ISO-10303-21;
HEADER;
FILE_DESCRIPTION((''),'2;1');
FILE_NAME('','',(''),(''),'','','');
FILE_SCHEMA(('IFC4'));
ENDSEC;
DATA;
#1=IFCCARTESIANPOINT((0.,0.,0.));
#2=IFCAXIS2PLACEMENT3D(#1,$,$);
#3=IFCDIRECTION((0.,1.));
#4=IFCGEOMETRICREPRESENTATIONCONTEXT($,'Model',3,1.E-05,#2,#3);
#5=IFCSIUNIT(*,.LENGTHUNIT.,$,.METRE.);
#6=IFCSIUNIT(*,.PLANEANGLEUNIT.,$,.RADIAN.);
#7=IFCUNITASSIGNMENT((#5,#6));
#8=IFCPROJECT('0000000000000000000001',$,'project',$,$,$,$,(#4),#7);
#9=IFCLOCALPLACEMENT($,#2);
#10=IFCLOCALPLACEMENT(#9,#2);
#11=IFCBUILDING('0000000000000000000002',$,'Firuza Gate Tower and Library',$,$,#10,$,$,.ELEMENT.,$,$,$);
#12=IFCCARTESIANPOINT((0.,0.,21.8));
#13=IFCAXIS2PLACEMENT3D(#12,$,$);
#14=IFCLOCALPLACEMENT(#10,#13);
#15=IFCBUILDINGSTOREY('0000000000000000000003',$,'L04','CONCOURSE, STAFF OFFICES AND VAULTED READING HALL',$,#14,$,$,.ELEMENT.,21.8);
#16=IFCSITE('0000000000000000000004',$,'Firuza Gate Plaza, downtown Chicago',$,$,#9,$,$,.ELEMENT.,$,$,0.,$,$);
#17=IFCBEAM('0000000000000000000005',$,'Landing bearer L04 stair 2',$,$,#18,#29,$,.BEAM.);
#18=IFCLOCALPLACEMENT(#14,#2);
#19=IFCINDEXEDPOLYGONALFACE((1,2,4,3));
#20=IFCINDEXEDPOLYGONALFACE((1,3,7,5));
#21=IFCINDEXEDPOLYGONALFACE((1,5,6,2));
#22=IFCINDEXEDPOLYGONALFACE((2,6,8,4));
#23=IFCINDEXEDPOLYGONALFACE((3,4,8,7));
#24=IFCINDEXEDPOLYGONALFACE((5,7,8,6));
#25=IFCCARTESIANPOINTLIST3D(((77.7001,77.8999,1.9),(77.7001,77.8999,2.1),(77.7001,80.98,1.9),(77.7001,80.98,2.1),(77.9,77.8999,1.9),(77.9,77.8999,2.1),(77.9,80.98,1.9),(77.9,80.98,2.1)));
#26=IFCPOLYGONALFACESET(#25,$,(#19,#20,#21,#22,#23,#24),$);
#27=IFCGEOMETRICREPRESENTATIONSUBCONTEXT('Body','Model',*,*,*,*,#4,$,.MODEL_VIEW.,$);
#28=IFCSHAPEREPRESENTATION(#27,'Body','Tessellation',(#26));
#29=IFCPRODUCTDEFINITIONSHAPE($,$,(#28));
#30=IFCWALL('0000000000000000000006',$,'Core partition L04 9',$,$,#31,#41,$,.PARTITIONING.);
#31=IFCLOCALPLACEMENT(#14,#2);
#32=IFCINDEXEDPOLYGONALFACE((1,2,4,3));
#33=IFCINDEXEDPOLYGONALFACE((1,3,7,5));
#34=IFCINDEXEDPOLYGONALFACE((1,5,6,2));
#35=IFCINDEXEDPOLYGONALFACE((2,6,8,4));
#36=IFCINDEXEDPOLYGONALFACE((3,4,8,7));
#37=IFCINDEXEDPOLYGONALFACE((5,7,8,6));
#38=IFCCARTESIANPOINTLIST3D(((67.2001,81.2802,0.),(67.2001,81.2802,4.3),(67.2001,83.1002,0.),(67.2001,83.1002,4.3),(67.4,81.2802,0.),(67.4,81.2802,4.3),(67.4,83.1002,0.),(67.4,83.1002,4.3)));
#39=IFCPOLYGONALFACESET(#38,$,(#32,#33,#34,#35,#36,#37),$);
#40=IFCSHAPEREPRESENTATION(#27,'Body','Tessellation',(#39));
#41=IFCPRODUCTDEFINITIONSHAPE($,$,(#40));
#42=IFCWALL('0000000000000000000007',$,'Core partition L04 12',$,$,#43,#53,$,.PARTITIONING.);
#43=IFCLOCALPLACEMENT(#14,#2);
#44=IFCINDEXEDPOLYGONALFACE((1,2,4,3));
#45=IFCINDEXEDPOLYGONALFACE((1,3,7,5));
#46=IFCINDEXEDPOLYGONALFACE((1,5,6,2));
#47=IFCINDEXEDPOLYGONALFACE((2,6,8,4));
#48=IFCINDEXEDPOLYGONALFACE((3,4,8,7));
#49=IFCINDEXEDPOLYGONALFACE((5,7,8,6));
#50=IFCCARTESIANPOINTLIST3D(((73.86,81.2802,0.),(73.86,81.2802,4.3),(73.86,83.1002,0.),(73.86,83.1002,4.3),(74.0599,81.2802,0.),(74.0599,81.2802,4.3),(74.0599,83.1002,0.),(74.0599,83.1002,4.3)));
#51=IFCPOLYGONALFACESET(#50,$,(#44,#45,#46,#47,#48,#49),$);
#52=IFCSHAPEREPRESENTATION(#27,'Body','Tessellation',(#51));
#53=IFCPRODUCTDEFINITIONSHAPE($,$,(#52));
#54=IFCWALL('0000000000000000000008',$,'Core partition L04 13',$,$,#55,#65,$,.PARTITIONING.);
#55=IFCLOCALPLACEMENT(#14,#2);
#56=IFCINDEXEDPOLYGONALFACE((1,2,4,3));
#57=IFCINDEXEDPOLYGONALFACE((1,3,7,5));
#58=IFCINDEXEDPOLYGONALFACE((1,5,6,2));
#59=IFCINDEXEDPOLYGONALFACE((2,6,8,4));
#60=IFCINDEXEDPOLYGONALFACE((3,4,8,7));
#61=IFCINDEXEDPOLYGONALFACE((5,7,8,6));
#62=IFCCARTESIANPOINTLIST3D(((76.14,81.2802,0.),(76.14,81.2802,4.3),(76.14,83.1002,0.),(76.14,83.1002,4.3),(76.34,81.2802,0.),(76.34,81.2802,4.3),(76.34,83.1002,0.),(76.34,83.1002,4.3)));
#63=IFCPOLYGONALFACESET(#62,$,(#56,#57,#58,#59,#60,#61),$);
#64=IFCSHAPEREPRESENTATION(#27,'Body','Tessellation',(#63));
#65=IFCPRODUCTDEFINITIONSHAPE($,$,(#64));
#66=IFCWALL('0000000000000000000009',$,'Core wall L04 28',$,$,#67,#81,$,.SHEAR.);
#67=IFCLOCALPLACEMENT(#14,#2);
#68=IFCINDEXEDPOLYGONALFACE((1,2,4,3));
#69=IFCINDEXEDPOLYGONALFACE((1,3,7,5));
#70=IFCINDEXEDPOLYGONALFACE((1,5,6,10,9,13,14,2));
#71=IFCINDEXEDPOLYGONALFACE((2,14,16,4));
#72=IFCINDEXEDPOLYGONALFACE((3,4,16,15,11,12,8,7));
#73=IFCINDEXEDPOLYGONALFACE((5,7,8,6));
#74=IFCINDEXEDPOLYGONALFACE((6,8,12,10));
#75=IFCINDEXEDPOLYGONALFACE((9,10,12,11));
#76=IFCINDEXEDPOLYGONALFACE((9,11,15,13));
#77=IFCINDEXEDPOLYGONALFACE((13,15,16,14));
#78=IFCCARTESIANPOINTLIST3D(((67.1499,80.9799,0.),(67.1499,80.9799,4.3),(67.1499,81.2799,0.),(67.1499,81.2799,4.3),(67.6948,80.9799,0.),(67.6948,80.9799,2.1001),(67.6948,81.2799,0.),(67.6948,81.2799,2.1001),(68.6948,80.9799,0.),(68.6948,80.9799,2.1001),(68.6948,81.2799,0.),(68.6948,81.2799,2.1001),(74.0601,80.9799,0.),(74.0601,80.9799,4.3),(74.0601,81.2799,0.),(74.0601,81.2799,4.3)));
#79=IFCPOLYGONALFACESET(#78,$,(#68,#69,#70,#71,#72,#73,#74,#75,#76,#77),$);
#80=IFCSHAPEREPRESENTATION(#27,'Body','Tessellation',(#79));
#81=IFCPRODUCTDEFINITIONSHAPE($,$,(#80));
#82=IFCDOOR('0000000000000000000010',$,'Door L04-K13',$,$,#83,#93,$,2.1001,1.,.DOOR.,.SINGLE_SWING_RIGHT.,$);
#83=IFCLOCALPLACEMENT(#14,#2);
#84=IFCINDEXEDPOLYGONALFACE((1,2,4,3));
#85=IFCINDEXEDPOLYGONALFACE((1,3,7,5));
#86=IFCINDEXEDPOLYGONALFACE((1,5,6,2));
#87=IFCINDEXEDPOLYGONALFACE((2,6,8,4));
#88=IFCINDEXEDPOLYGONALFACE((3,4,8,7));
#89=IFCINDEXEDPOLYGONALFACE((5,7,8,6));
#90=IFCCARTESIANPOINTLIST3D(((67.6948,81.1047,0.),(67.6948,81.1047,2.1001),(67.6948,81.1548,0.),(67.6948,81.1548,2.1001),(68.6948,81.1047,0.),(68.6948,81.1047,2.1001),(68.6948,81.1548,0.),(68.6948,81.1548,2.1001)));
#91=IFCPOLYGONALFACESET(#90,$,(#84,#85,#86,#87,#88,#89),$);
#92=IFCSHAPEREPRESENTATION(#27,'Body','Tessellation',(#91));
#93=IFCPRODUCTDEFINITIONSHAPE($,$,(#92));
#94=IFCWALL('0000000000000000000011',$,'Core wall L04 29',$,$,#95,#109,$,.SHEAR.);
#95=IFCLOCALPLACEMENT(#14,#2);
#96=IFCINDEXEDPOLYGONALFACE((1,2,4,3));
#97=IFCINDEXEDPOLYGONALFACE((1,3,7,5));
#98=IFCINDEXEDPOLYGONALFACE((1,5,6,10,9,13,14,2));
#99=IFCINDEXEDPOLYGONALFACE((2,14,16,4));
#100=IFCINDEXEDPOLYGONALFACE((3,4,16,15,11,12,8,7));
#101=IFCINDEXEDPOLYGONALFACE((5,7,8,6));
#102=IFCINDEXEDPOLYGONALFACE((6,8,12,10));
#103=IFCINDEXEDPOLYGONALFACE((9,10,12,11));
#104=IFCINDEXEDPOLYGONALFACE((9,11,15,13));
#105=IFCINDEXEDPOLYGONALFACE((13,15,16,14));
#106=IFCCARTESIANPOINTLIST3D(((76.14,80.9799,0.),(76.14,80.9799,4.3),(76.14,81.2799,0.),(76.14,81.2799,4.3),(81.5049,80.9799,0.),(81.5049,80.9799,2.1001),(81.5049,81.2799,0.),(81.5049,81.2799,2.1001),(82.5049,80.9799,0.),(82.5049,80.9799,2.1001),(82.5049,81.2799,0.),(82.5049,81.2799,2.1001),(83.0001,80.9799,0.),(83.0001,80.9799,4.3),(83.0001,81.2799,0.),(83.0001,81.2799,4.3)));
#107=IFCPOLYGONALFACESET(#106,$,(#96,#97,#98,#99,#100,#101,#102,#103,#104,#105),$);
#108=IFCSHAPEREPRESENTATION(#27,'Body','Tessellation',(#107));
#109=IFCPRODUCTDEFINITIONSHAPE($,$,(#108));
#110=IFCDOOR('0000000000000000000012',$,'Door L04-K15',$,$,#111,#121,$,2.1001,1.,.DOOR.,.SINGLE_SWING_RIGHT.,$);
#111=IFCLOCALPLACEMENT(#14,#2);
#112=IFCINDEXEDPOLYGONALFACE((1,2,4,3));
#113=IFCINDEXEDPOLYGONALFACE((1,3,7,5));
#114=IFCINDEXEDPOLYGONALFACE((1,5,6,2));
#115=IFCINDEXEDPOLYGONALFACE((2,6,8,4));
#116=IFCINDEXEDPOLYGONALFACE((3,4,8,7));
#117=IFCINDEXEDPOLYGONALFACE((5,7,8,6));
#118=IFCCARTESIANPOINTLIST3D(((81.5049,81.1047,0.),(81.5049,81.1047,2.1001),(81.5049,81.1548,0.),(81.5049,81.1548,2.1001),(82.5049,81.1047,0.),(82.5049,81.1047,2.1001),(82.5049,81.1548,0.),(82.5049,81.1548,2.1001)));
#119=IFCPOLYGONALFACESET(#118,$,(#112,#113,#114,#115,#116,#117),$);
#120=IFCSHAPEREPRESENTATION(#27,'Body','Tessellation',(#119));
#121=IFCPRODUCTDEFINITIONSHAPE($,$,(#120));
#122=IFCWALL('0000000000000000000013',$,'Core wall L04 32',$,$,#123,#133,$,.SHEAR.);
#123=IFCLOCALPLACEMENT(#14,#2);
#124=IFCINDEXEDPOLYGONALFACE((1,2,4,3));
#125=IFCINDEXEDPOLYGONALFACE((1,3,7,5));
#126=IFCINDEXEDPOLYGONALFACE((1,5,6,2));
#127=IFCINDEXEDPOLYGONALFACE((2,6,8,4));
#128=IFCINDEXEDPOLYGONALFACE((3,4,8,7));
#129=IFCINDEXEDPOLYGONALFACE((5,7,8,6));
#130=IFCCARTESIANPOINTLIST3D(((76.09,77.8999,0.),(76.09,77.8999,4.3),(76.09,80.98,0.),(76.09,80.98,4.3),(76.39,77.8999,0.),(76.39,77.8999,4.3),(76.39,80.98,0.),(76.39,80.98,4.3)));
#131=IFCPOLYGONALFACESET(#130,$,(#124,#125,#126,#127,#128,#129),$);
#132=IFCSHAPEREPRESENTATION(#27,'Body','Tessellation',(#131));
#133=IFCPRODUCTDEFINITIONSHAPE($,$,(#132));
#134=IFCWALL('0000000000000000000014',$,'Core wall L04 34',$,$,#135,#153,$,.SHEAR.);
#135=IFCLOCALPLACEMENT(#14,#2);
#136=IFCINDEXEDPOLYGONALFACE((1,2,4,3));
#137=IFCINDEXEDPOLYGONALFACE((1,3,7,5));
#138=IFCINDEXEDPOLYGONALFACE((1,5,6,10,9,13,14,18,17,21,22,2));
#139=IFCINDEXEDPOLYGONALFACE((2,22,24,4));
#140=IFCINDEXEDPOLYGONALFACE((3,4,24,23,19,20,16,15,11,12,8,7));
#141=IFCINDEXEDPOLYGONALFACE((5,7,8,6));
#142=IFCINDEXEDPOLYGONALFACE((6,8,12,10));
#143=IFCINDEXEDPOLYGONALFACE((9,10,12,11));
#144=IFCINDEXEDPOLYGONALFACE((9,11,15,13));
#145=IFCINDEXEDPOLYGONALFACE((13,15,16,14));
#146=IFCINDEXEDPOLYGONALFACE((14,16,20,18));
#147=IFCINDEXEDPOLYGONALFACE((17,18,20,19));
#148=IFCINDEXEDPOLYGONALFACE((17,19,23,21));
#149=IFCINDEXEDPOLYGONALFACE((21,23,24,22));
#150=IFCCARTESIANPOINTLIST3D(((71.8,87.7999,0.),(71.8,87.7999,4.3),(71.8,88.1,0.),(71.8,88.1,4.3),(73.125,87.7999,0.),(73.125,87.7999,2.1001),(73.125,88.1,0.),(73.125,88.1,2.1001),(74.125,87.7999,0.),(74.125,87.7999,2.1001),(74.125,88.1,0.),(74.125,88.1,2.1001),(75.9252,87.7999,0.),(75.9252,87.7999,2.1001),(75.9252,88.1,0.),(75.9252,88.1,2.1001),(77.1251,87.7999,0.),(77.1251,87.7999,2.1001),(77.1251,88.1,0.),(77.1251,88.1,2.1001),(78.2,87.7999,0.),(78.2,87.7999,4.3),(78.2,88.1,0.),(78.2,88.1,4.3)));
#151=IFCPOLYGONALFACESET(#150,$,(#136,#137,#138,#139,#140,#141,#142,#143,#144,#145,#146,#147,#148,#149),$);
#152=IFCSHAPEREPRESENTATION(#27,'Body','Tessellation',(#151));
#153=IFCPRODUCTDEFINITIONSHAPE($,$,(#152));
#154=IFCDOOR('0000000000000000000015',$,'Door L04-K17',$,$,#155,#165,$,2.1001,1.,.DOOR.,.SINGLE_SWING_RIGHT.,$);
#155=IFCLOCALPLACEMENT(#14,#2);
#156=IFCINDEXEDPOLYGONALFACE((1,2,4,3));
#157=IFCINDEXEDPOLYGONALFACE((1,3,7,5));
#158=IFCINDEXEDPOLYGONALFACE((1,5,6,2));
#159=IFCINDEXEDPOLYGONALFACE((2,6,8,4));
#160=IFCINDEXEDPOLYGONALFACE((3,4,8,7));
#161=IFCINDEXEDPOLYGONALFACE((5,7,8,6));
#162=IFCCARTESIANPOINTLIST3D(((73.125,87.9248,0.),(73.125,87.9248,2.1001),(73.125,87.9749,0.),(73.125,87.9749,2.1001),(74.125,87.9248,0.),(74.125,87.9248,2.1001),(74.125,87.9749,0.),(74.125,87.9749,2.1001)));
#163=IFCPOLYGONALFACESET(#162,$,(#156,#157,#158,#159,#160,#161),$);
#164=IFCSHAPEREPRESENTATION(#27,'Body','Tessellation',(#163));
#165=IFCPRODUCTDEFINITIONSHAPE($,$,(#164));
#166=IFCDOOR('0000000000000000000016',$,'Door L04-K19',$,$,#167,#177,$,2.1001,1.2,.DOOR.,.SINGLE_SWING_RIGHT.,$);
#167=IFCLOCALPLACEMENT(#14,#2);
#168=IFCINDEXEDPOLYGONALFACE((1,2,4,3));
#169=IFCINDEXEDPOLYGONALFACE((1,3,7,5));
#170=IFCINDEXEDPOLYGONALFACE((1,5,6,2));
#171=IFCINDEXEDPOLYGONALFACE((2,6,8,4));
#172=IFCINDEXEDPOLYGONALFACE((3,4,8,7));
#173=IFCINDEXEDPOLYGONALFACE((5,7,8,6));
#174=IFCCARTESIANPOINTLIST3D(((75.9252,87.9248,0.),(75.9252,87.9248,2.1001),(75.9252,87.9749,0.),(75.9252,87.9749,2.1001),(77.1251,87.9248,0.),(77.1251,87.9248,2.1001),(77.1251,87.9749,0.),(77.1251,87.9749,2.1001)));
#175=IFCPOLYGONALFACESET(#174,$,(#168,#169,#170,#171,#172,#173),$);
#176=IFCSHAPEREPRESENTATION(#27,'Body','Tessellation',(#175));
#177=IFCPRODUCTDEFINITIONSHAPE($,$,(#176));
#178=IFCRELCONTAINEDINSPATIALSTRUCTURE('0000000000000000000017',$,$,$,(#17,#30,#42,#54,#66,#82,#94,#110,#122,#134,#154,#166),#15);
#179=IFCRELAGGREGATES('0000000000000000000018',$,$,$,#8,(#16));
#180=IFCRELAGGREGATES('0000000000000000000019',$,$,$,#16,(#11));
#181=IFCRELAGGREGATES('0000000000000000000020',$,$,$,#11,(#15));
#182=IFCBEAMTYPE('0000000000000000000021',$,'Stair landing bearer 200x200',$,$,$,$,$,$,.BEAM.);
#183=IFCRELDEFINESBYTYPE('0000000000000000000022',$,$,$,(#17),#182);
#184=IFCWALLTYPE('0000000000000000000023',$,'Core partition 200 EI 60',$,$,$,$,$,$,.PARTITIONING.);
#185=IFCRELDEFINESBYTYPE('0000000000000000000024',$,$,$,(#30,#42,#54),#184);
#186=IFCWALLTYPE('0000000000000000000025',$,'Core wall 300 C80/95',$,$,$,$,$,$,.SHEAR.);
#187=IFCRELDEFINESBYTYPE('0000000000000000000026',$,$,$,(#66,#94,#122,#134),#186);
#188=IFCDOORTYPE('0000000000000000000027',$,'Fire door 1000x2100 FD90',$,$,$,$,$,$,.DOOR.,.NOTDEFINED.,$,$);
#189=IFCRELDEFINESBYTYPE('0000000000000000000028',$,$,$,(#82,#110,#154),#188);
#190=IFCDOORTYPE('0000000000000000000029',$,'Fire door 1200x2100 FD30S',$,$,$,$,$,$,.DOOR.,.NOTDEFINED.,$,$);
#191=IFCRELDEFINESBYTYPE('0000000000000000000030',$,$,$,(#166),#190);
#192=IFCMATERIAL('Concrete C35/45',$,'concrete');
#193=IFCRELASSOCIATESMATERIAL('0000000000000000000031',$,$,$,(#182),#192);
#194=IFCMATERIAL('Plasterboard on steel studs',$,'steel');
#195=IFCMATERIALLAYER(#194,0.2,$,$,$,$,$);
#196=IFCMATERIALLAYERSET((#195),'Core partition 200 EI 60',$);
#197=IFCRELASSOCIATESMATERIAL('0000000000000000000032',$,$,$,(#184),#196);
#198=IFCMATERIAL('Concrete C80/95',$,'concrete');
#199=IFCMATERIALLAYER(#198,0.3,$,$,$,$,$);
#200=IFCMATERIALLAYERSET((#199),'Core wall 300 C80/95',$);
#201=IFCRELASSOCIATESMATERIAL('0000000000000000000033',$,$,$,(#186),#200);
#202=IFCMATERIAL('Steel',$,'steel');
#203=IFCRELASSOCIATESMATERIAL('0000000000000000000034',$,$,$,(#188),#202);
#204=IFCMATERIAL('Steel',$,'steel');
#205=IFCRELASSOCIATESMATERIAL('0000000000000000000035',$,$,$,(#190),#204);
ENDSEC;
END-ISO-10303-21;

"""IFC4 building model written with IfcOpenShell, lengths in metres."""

from ifc_helpers import new_model, si_unit, direction, frame, frame_2d, origin, origin_2d, place, context, subcontext, project, spatial, rectangle, extrude, material, layer, layer_set, material_profile, profile_set, type_object, element, fill, save


model = new_model("IFC4")

# Units and contexts
model_context = context("Model", 3, precision=1e-05, world=origin(), true_north=direction((0.0, 1.0)))
body_context = subcontext(model_context, "Body", "Model", "MODEL_VIEW")
ifc_project = project(units=[si_unit("LENGTHUNIT", "METRE"), si_unit("PLANEANGLEUNIT", "RADIAN")], contexts=[model_context])

# Site, building, storey
site_placement = place(None, origin())
site = spatial("IfcSite", under=ifc_project, at=site_placement, Name="Firuza Gate Plaza, downtown Chicago", CompositionType="ELEMENT", RefElevation=0.0)
building_placement = place(site_placement, origin())
building = spatial("IfcBuilding", under=site, at=building_placement, Name="Firuza Gate Tower and Library", CompositionType="ELEMENT")
storey_placement = place(building_placement, frame((0.0, 0.0, 21.8)))
storey = spatial("IfcBuildingStorey", under=building, at=storey_placement, Name="L04", Description="CONCOURSE, STAFF OFFICES AND VAULTED READING HALL", CompositionType="ELEMENT", Elevation=21.8)

# Beam
ifc_material_1 = material(Name="Concrete C35/45", Category="concrete")
ifc_material_profile = material_profile(ifc_material_1, rectangle(XDim=0.2, YDim=0.2, at=origin_2d()))
ifc_profile_set = profile_set([ifc_material_profile], Name="Concrete C35/45")
beam_type = type_object("IfcBeamType", Name="Stair landing bearer 200x200", PredefinedType="BEAM", material=ifc_profile_set)
beam_placement = place(storey_placement, frame((77.8, 80.98, 2.0), z_axis=(0.0, -1.0, 0.0), x_axis=(1.0, 0.0, 0.0)))
element("IfcBeam", 1, at=beam_placement, inside=storey, type_object=beam_type, Name="Landing bearer L04 stair 2", PredefinedType="BEAM", context=body_context, shape_type="SweptSolid", body=[
    extrude(rectangle(XDim=0.2, YDim=0.2, at=origin_2d()), origin(), (0.0, 0.0, 1.0), 3.0801),
])

# Walls
ifc_material_2 = material(Name="Plasterboard on steel studs", Category="steel")
ifc_layer_1 = layer(ifc_material_2, 0.2)
ifc_layer_set_1 = layer_set([ifc_layer_1], Name="Core partition 200 EI 60")
wall_type_1 = type_object("IfcWallType", Name="Core partition 200 EI 60", PredefinedType="PARTITIONING", material=ifc_layer_set_1)
for number, where, z_axis, x_axis, name in (
    (2, (67.3, 81.28, 0.0), (0.0, 0.0, 1.0), (0.0, 1.0, 0.0), "Core partition L04 9"),
    (3, (73.96, 81.28, 0.0), (0.0, 0.0, 1.0), (0.0, 1.0, 0.0), "Core partition L04 12"),
    (4, (76.24, 81.28, 0.0), (0.0, 0.0, 1.0), (0.0, 1.0, 0.0), "Core partition L04 13"),
):
    element("IfcWall", number, at=place(storey_placement, frame(where, z_axis=z_axis, x_axis=x_axis)), inside=storey, type_object=wall_type_1, Name=name, PredefinedType="PARTITIONING", context=body_context, shape_type="SweptSolid", body=[
        extrude(rectangle(XDim=1.8201, YDim=0.2, at=frame_2d((0.9102, 0.0))), origin(), (0.0, 0.0, 1.0), 4.3),
    ])

# Walls, openings, doors
ifc_material_3 = material(Name="Concrete C80/95", Category="concrete")
ifc_layer_2 = layer(ifc_material_3, 0.3)
ifc_layer_set_2 = layer_set([ifc_layer_2], Name="Core wall 300 C80/95")
wall_type_2 = type_object("IfcWallType", Name="Core wall 300 C80/95", PredefinedType="SHEAR", material=ifc_layer_set_2)
wall_1_placement = place(storey_placement, frame((67.1499, 81.1299, 0.0), z_axis=(0.0, 0.0, 1.0), x_axis=(1.0, 0.0, 0.0)))
wall_1 = element("IfcWall", 5, at=wall_1_placement, inside=storey, type_object=wall_type_2, Name="Core wall L04 28", PredefinedType="SHEAR", context=body_context, shape_type="SweptSolid", body=[
    extrude(rectangle(XDim=6.9102, YDim=0.3, at=frame_2d((3.4551, 0.0))), origin(), (0.0, 0.0, 1.0), 4.3),
])
opening_1_placement = place(wall_1_placement, frame((0.5449, 0.0, 0.0)))
opening_1 = element("IfcOpeningElement", 6, at=opening_1_placement, cuts=wall_1, PredefinedType="OPENING", context=body_context, shape_type="SweptSolid", body=[
    extrude(rectangle(XDim=1.0, YDim=2.1001, at=frame_2d((0.5, 1.05))), frame((0.0, 0.1602, 0.0), z_axis=(0.0, -1.0, 0.0), x_axis=(1.0, 0.0, 0.0)), (0.0, 0.0, 1.0), 0.3201),
])
ifc_material_4 = material(Name="Steel", Category="steel")
door_type_1 = type_object("IfcDoorType", Name="Fire door 1000x2100 FD90", OperationType="NOTDEFINED", PredefinedType="DOOR", material=ifc_material_4)
door_1_placement = place(opening_1_placement, origin())
door_1 = element("IfcDoor", 7, at=door_1_placement, inside=storey, type_object=door_type_1, Name="Door L04-K13", OperationType="SINGLE_SWING_RIGHT", OverallHeight=2.1001, OverallWidth=1.0, PredefinedType="DOOR", context=body_context, shape_type="SweptSolid", body=[
    extrude(rectangle(XDim=1.0, YDim=2.1001, at=frame_2d((0.5, 1.05))), frame((0.0, 0.0249, 0.0), z_axis=(0.0, -1.0, 0.0), x_axis=(1.0, 0.0, 0.0)), (0.0, 0.0, 1.0), 0.05),
])
fill(opening_1, door_1)
wall_2_placement = place(storey_placement, frame((76.1399, 81.1299, 0.0), z_axis=(0.0, 0.0, 1.0), x_axis=(1.0, 0.0, 0.0)))
wall_2 = element("IfcWall", 8, at=wall_2_placement, inside=storey, type_object=wall_type_2, Name="Core wall L04 29", PredefinedType="SHEAR", context=body_context, shape_type="SweptSolid", body=[
    extrude(rectangle(XDim=6.8601, YDim=0.3, at=frame_2d((3.4302, 0.0))), origin(), (0.0, 0.0, 1.0), 4.3),
])
opening_2_placement = place(wall_2_placement, frame((5.365, 0.0, 0.0)))
opening_2 = element("IfcOpeningElement", 9, at=opening_2_placement, cuts=wall_2, PredefinedType="OPENING", context=body_context, shape_type="SweptSolid", body=[
    extrude(rectangle(XDim=1.0, YDim=2.1001, at=frame_2d((0.5, 1.05))), frame((0.0, 0.1602, 0.0), z_axis=(0.0, -1.0, 0.0), x_axis=(1.0, 0.0, 0.0)), (0.0, 0.0, 1.0), 0.3201),
])
door_2_placement = place(opening_2_placement, origin())
door_2 = element("IfcDoor", 10, at=door_2_placement, inside=storey, type_object=door_type_1, Name="Door L04-K15", OperationType="SINGLE_SWING_RIGHT", OverallHeight=2.1001, OverallWidth=1.0, PredefinedType="DOOR", context=body_context, shape_type="SweptSolid", body=[
    extrude(rectangle(XDim=1.0, YDim=2.1001, at=frame_2d((0.5, 1.05))), frame((0.0, 0.0249, 0.0), z_axis=(0.0, -1.0, 0.0), x_axis=(1.0, 0.0, 0.0)), (0.0, 0.0, 1.0), 0.05),
])
fill(opening_2, door_2)

# Wall
wall_3_placement = place(storey_placement, frame((76.24, 77.8999, 0.0), z_axis=(0.0, 0.0, 1.0), x_axis=(0.0, 1.0, 0.0)))
element("IfcWall", 11, at=wall_3_placement, inside=storey, type_object=wall_type_2, Name="Core wall L04 32", PredefinedType="SHEAR", context=body_context, shape_type="SweptSolid", body=[
    extrude(rectangle(XDim=3.0801, YDim=0.3, at=frame_2d((1.54, 0.0))), origin(), (0.0, 0.0, 1.0), 4.3),
])

# Wall, openings, doors
wall_4_placement = place(storey_placement, frame((71.8, 87.95, 0.0), z_axis=(0.0, 0.0, 1.0), x_axis=(1.0, 0.0, 0.0)))
wall_4 = element("IfcWall", 12, at=wall_4_placement, inside=storey, type_object=wall_type_2, Name="Core wall L04 34", PredefinedType="SHEAR", context=body_context, shape_type="SweptSolid", body=[
    extrude(rectangle(XDim=6.3999, YDim=0.3, at=frame_2d((3.2, 0.0))), origin(), (0.0, 0.0, 1.0), 4.3),
])
opening_3_placement = place(wall_4_placement, frame((1.325, 0.0, 0.0)))
opening_3 = element("IfcOpeningElement", 13, at=opening_3_placement, cuts=wall_4, PredefinedType="OPENING", context=body_context, shape_type="SweptSolid", body=[
    extrude(rectangle(XDim=1.0, YDim=2.1001, at=frame_2d((0.5, 1.05))), frame((0.0, 0.1602, 0.0), z_axis=(0.0, -1.0, 0.0), x_axis=(1.0, 0.0, 0.0)), (0.0, 0.0, 1.0), 0.3201),
])
opening_4_placement = place(wall_4_placement, frame((4.125, 0.0, 0.0)))
opening_4 = element("IfcOpeningElement", 14, at=opening_4_placement, cuts=wall_4, PredefinedType="OPENING", context=body_context, shape_type="SweptSolid", body=[
    extrude(rectangle(XDim=1.2, YDim=2.1001, at=frame_2d((0.6001, 1.05))), frame((0.0, 0.1602, 0.0), z_axis=(0.0, -1.0, 0.0), x_axis=(1.0, 0.0, 0.0)), (0.0, 0.0, 1.0), 0.3201),
])
door_3_placement = place(opening_3_placement, origin())
door_3 = element("IfcDoor", 15, at=door_3_placement, inside=storey, type_object=door_type_1, Name="Door L04-K17", OperationType="SINGLE_SWING_RIGHT", OverallHeight=2.1001, OverallWidth=1.0, PredefinedType="DOOR", context=body_context, shape_type="SweptSolid", body=[
    extrude(rectangle(XDim=1.0, YDim=2.1001, at=frame_2d((0.5, 1.05))), frame((0.0, 0.0249, 0.0), z_axis=(0.0, -1.0, 0.0), x_axis=(1.0, 0.0, 0.0)), (0.0, 0.0, 1.0), 0.05),
])
fill(opening_3, door_3)
ifc_material_5 = material(Name="Steel", Category="steel")
door_type_2 = type_object("IfcDoorType", Name="Fire door 1200x2100 FD30S", OperationType="NOTDEFINED", PredefinedType="DOOR", material=ifc_material_5)
door_4_placement = place(opening_4_placement, origin())
door_4 = element("IfcDoor", 16, at=door_4_placement, inside=storey, type_object=door_type_2, Name="Door L04-K19", OperationType="SINGLE_SWING_RIGHT", OverallHeight=2.1001, OverallWidth=1.2, PredefinedType="DOOR", context=body_context, shape_type="SweptSolid", body=[
    extrude(rectangle(XDim=1.2, YDim=2.1001, at=frame_2d((0.6001, 1.05))), frame((0.0, 0.0249, 0.0), z_axis=(0.0, -1.0, 0.0), x_axis=(1.0, 0.0, 0.0)), (0.0, 0.0, 1.0), 0.05),
])
fill(opening_4, door_4)

save(model, "model.ifc")
